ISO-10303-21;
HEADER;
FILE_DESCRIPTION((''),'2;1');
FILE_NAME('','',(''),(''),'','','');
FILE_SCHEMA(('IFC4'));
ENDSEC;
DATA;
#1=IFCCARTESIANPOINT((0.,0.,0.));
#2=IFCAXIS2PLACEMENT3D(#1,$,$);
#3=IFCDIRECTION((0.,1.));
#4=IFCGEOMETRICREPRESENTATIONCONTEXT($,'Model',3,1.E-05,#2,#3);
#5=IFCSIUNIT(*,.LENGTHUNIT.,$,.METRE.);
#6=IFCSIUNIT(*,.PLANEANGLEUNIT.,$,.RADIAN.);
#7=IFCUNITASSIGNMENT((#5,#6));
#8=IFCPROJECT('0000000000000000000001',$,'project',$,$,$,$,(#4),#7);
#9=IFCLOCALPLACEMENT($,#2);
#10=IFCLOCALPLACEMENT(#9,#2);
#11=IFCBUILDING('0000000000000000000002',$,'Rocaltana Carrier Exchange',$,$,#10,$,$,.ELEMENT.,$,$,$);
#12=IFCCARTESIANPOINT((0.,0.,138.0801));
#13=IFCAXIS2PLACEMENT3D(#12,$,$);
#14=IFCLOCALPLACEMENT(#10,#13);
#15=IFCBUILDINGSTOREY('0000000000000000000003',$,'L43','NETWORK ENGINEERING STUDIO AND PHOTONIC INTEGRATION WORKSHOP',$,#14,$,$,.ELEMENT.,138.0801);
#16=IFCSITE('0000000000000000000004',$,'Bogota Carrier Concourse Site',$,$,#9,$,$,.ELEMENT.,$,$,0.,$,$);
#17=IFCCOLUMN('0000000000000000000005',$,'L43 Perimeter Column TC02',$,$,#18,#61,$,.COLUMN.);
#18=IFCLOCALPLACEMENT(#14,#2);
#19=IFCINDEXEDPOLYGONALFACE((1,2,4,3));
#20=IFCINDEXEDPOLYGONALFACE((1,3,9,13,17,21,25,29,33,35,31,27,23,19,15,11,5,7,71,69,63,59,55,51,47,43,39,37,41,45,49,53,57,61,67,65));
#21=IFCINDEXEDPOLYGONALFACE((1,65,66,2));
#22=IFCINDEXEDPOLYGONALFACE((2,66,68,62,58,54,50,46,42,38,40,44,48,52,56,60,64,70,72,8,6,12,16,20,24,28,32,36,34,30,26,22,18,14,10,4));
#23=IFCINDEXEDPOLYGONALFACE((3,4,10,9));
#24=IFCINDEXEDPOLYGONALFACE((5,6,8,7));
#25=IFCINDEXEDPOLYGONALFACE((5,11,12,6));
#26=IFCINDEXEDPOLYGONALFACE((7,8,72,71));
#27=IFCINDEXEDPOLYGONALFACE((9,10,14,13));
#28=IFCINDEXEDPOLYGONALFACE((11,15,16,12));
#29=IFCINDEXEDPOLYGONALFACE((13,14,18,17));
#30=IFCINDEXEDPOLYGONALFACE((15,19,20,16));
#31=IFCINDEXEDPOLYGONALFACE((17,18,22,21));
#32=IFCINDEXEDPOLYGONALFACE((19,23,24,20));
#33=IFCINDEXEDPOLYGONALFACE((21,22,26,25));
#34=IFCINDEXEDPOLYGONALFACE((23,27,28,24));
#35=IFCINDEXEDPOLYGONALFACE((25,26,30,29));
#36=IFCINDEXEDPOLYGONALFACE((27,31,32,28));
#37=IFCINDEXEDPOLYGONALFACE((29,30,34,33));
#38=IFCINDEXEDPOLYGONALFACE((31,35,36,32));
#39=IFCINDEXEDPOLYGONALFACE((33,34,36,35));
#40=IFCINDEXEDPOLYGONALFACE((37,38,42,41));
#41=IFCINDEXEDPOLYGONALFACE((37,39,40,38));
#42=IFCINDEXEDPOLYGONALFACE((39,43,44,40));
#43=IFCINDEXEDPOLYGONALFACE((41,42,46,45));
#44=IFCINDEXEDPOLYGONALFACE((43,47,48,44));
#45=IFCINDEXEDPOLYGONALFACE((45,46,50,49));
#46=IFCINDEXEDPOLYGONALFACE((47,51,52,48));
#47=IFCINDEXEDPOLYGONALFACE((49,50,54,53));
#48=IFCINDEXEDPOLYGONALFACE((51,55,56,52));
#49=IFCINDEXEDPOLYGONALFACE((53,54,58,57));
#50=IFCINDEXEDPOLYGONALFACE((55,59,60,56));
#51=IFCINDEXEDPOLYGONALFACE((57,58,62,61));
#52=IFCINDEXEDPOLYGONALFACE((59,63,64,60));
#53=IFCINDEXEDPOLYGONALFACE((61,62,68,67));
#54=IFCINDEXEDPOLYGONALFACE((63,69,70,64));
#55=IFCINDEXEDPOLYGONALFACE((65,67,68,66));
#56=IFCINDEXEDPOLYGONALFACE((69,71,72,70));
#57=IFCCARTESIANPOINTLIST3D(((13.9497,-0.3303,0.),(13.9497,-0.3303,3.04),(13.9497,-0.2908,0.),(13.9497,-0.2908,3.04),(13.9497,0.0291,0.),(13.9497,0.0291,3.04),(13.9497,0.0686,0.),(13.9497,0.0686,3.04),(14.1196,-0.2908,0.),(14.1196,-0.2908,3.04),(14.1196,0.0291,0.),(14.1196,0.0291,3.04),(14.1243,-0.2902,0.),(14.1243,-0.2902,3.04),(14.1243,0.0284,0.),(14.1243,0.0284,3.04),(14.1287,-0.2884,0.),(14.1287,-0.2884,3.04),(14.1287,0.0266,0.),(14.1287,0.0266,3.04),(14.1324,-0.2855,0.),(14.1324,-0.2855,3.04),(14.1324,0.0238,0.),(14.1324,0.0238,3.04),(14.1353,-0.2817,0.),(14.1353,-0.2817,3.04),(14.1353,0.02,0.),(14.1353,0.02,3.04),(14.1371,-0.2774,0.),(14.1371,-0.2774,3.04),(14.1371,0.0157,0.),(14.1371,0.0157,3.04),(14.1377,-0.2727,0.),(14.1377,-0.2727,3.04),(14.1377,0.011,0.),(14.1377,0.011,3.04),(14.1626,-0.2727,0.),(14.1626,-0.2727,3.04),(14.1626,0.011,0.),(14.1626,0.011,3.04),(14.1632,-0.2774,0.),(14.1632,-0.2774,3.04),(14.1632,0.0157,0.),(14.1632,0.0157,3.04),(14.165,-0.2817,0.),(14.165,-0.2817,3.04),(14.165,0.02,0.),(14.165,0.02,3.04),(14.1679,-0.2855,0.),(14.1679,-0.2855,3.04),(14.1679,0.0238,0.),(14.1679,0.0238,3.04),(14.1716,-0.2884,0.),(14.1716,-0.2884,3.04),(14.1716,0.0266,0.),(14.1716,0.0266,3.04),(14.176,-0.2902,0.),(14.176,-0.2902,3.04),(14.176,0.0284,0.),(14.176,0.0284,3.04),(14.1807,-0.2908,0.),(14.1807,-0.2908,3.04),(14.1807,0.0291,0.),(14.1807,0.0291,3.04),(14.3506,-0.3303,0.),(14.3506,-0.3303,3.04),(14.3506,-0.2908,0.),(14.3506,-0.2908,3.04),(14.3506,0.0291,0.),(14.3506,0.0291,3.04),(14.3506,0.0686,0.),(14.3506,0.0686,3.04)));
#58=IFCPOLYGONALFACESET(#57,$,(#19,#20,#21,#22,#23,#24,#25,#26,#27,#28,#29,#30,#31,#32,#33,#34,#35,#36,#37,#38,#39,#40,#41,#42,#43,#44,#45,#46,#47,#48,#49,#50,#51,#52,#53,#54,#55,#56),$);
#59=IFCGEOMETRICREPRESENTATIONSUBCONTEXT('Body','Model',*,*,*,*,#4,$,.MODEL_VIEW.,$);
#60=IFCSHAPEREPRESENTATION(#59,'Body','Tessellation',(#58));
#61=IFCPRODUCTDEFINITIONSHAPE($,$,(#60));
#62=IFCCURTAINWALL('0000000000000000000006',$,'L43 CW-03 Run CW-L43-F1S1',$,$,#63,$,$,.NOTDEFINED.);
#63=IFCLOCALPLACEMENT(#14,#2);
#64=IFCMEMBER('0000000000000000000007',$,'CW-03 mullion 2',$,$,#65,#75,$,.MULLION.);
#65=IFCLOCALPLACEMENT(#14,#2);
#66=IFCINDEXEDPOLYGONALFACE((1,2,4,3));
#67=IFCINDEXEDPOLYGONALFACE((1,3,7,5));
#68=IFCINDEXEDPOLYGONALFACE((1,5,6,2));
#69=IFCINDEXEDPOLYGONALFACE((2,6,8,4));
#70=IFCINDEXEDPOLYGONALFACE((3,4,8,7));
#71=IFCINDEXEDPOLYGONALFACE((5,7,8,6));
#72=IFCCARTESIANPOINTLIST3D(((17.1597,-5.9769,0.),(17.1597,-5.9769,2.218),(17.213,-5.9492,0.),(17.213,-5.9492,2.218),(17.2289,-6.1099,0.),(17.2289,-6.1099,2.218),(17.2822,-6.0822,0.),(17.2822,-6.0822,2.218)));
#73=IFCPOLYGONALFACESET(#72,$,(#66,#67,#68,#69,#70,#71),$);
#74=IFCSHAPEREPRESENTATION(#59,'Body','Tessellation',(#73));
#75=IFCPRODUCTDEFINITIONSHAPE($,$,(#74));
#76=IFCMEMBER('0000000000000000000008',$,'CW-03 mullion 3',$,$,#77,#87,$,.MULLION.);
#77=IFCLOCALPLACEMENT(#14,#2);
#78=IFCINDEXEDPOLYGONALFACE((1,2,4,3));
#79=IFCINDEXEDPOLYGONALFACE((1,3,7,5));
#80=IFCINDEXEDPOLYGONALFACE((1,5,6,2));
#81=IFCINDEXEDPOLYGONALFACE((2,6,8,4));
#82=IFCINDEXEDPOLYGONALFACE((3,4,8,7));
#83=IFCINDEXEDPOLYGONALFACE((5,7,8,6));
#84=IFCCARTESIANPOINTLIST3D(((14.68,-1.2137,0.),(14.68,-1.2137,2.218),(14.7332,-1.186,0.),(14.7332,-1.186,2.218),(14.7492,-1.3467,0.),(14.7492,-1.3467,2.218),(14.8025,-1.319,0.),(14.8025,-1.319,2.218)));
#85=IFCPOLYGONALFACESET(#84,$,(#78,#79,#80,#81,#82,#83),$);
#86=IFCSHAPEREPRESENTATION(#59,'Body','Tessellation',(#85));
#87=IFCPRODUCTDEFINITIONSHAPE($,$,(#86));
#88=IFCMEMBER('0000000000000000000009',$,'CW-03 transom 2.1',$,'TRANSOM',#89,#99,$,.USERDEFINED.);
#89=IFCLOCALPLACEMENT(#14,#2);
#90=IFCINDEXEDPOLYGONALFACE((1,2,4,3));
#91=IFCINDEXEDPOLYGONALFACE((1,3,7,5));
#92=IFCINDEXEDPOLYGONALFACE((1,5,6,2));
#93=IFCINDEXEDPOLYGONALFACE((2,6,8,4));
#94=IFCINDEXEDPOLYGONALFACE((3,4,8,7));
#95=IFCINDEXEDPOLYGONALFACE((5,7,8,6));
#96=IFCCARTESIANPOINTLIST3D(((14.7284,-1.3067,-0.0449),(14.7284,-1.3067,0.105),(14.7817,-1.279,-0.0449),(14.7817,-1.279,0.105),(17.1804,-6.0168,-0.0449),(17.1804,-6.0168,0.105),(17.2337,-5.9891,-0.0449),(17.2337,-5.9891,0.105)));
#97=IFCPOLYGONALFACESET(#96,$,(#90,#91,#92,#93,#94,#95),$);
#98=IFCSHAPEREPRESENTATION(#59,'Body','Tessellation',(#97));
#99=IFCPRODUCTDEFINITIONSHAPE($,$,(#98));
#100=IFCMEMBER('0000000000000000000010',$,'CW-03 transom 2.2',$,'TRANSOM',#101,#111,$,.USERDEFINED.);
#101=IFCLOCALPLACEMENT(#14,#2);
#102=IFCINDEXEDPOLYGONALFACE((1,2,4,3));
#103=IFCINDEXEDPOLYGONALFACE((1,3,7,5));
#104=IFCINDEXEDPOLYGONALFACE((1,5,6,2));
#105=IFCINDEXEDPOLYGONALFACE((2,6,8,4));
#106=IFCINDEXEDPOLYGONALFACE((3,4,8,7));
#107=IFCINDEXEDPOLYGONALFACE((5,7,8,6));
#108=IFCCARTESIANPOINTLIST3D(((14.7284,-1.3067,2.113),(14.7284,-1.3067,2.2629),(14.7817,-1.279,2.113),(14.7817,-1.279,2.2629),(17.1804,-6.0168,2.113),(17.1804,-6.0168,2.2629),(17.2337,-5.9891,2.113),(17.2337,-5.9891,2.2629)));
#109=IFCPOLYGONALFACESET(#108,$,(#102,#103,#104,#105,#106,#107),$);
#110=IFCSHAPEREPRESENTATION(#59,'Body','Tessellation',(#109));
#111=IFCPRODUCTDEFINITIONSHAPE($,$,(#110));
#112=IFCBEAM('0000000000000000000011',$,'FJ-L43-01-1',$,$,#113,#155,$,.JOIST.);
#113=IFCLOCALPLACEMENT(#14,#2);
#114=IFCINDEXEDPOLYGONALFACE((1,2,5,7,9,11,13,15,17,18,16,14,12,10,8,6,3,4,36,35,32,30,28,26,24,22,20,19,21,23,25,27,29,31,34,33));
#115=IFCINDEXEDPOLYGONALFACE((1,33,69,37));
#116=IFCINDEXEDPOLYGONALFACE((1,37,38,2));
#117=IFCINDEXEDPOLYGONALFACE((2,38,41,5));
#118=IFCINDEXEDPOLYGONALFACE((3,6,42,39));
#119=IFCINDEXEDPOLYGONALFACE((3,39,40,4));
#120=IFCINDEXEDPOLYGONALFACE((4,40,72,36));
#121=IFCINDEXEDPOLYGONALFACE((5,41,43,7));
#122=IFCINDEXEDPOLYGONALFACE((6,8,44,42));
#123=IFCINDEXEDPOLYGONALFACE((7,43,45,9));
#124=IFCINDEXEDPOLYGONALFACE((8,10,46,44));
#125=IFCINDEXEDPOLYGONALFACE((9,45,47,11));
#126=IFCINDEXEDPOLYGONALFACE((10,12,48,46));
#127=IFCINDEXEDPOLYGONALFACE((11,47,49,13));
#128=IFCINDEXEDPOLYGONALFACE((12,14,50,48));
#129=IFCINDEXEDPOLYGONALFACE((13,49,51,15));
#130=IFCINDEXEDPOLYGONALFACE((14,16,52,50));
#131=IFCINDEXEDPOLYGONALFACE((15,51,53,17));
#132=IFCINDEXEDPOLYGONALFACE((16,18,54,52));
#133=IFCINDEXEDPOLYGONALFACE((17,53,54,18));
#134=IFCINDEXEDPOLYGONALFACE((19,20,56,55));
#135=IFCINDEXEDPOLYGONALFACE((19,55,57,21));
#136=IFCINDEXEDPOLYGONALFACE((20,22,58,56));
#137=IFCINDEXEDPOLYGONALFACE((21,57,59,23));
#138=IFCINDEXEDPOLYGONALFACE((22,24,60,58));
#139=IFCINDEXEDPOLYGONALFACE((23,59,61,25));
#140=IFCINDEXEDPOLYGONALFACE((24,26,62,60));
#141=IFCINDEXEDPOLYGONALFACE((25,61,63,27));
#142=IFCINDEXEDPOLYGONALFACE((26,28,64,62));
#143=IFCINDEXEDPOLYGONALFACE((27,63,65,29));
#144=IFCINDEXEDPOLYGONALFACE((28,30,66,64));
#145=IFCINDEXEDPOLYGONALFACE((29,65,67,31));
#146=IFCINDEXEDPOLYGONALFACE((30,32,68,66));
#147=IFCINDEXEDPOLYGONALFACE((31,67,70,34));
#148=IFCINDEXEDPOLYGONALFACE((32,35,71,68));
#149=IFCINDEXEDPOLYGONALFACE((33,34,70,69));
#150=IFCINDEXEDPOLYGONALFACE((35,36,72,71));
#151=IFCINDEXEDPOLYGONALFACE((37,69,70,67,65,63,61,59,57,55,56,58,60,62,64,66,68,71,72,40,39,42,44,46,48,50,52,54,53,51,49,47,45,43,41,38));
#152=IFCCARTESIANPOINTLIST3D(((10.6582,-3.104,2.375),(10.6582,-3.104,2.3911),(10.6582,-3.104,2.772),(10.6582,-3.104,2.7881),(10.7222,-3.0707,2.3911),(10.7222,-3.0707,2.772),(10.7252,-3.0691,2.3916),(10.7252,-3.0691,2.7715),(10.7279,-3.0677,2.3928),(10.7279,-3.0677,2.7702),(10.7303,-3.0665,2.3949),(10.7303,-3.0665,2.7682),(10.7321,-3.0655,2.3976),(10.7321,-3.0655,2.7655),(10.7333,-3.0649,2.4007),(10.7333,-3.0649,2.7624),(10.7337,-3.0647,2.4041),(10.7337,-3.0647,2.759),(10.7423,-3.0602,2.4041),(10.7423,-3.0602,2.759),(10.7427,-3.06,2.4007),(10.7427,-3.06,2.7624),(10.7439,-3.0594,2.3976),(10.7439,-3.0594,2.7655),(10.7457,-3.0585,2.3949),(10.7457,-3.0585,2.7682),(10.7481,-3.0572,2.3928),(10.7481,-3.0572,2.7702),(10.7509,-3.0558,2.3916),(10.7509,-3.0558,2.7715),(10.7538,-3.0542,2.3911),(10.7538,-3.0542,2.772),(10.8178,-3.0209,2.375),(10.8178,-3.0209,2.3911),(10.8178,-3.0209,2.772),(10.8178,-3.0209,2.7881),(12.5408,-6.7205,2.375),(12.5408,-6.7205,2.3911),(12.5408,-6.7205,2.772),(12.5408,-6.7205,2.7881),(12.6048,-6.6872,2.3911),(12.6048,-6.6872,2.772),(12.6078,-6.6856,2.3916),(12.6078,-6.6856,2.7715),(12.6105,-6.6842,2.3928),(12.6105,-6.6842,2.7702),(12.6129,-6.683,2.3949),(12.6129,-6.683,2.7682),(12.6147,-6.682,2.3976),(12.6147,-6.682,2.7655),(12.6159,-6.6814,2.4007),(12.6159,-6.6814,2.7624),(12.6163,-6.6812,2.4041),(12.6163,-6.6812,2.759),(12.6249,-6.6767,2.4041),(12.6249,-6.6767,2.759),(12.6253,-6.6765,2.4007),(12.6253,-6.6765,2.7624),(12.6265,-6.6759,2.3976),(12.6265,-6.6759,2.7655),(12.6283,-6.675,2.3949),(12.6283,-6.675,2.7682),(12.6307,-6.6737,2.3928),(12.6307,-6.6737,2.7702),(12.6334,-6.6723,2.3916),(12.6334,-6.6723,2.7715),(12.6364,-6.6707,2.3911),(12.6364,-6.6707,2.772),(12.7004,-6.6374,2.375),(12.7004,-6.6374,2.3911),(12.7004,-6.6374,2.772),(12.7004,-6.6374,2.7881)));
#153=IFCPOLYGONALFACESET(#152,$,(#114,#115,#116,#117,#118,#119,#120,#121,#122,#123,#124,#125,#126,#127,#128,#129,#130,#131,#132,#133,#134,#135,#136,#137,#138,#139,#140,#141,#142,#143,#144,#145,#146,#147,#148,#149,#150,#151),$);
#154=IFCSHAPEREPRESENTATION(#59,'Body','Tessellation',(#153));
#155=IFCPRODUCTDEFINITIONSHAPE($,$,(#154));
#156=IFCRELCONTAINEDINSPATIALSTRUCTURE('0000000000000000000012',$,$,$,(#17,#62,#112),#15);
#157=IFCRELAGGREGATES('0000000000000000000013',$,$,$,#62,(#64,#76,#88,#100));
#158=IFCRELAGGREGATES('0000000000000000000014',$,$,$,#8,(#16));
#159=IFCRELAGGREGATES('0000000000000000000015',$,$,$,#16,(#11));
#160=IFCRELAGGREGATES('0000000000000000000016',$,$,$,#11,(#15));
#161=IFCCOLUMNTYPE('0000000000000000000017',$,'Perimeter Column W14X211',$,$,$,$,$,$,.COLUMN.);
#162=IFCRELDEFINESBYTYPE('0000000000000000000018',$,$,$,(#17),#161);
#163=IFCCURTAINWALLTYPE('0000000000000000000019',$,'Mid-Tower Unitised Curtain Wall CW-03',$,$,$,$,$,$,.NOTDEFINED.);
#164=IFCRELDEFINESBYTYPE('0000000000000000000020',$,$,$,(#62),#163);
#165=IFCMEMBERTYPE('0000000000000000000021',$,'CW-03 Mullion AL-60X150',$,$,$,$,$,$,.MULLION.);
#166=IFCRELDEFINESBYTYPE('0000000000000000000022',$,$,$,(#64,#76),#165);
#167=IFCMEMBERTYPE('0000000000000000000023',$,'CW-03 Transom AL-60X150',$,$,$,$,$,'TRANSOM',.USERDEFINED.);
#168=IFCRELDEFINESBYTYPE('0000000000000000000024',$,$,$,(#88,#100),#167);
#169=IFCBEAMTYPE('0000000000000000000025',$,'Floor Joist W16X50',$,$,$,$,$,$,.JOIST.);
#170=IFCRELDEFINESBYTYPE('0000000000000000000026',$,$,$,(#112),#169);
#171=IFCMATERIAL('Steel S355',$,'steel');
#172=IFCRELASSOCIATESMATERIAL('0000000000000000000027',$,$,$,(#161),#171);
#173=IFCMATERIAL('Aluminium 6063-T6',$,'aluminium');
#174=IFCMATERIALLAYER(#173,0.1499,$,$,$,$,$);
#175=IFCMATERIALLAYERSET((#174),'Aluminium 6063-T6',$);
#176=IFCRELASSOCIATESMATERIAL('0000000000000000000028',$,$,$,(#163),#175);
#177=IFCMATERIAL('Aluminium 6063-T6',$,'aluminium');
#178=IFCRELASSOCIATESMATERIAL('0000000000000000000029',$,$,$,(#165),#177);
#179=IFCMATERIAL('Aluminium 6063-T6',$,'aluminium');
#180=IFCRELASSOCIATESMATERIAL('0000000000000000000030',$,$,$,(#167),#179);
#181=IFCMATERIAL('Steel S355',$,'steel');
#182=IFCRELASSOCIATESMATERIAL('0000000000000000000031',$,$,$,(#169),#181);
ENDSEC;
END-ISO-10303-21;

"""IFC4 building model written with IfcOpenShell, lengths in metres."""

from ifc_helpers import new_model, si_unit, direction, frame, origin, origin_2d, place, context, subcontext, project, spatial, rectangle, i_section, extrude, material, layer, layer_set, material_profile, profile_set, type_object, element, aggregate, save


model = new_model("IFC4")

# Units and contexts
model_context = context("Model", 3, precision=1e-05, world=origin(), true_north=direction((0.0, 1.0)))
body_context = subcontext(model_context, "Body", "Model", "MODEL_VIEW")
ifc_project = project(units=[si_unit("LENGTHUNIT", "METRE"), si_unit("PLANEANGLEUNIT", "RADIAN")], contexts=[model_context])

# Site, building, storey
site_placement = place(None, origin())
site = spatial("IfcSite", under=ifc_project, at=site_placement, Name="Bogota Carrier Concourse Site", CompositionType="ELEMENT", RefElevation=0.0)
building_placement = place(site_placement, origin())
building = spatial("IfcBuilding", under=site, at=building_placement, Name="Rocaltana Carrier Exchange", CompositionType="ELEMENT")
storey_placement = place(building_placement, frame((0.0, 0.0, 138.0801)))
storey = spatial("IfcBuildingStorey", under=building, at=storey_placement, Name="L43", Description="NETWORK ENGINEERING STUDIO AND PHOTONIC INTEGRATION WORKSHOP", CompositionType="ELEMENT", Elevation=138.0801)

# Column
ifc_material_1 = material(Name="Steel S355", Category="steel")
ifc_material_profile_1 = material_profile(ifc_material_1, i_section(OverallWidth=0.4009, OverallDepth=0.3989, WebThickness=0.0249, FlangeThickness=0.0396, FilletRadius=0.0181, at=origin_2d()), Name="W14X211")
ifc_profile_set_1 = profile_set([ifc_material_profile_1], Name="Steel S355")
column_type = type_object("IfcColumnType", Name="Perimeter Column W14X211", PredefinedType="COLUMN", material=ifc_profile_set_1)
column_placement = place(storey_placement, frame((14.1501, -0.1309, 0.0), z_axis=(0.0, 0.0, 1.0), x_axis=(1.0, 0.0, 0.0)))
element("IfcColumn", 1, at=column_placement, inside=storey, type_object=column_type, Name="L43 Perimeter Column TC02", PredefinedType="COLUMN", context=body_context, shape_type="SweptSolid", body=[
    extrude(i_section(OverallWidth=0.4009, OverallDepth=0.3989, WebThickness=0.0249, FlangeThickness=0.0396, FilletRadius=0.0181, at=origin_2d()), origin(), (0.0, 0.0, 1.0), 3.04),
])

# Curtain wall, members
ifc_material_2 = material(Name="Aluminium 6063-T6", Category="aluminium")
ifc_layer_1 = layer(ifc_material_2, 0.1499)
ifc_layer_set_1 = layer_set([ifc_layer_1], Name="Aluminium 6063-T6")
curtain_wall_type = type_object("IfcCurtainWallType", Name="Mid-Tower Unitised Curtain Wall CW-03", PredefinedType="NOTDEFINED", material=ifc_layer_set_1)
curtain_wall_placement = place(storey_placement, origin())
curtain_wall = element("IfcCurtainWall", 2, at=curtain_wall_placement, inside=storey, type_object=curtain_wall_type, Name="L43 CW-03 Run CW-L43-F1S1", PredefinedType="NOTDEFINED")
ifc_material_3 = material(Name="Aluminium 6063-T6", Category="aluminium")
ifc_material_profile_2 = material_profile(ifc_material_3, rectangle(XDim=0.0601, YDim=0.1499, at=origin_2d()), Name="AL-60X150")
ifc_profile_set_2 = profile_set([ifc_material_profile_2], Name="Aluminium 6063-T6")
member_type_1 = type_object("IfcMemberType", Name="CW-03 Mullion AL-60X150", PredefinedType="MULLION", material=ifc_profile_set_2)
member_1_placement = place(storey_placement, frame((17.2209, -6.0295, 0.0), z_axis=(0.0, 0.0, 1.0), x_axis=(-0.88701, -0.46175, 0.0)))
member_1 = element("IfcMember", 3, at=member_1_placement, type_object=member_type_1, Name="CW-03 mullion 2", PredefinedType="MULLION", context=body_context, shape_type="SweptSolid", body=[
    extrude(rectangle(XDim=0.0601, YDim=0.1499, at=origin_2d()), origin(), (0.0, 0.0, 1.0), 2.218),
])
member_2_placement = place(storey_placement, frame((14.7412, -1.2664, 0.0), z_axis=(0.0, 0.0, 1.0), x_axis=(-0.88701, -0.46175, 0.0)))
member_2 = element("IfcMember", 4, at=member_2_placement, type_object=member_type_1, Name="CW-03 mullion 3", PredefinedType="MULLION", context=body_context, shape_type="SweptSolid", body=[
    extrude(rectangle(XDim=0.0601, YDim=0.1499, at=origin_2d()), origin(), (0.0, 0.0, 1.0), 2.218),
])
ifc_material_4 = material(Name="Aluminium 6063-T6", Category="aluminium")
ifc_material_profile_3 = material_profile(ifc_material_4, rectangle(XDim=0.0601, YDim=0.1499, at=origin_2d()), Name="AL-60X150")
ifc_profile_set_3 = profile_set([ifc_material_profile_3], Name="Aluminium 6063-T6")
member_type_2 = type_object("IfcMemberType", Name="CW-03 Transom AL-60X150", ElementType="TRANSOM", PredefinedType="USERDEFINED", material=ifc_profile_set_3)
member_3_placement = place(storey_placement, frame((17.207, -6.0029, 0.03), z_axis=(-0.461757, 0.887007, 0.0), x_axis=(-0.887007, -0.461757, 0.0)))
member_3 = element("IfcMember", 5, at=member_3_placement, type_object=member_type_2, Name="CW-03 transom 2.1", ObjectType="TRANSOM", PredefinedType="USERDEFINED", context=body_context, shape_type="SweptSolid", body=[
    extrude(rectangle(XDim=0.0601, YDim=0.1499, at=origin_2d()), origin(), (0.0, 0.0, 1.0), 5.3101),
])
member_4_placement = place(storey_placement, frame((17.207, -6.0029, 2.188), z_axis=(-0.461757, 0.887007, 0.0), x_axis=(-0.887007, -0.461757, 0.0)))
member_4 = element("IfcMember", 6, at=member_4_placement, type_object=member_type_2, Name="CW-03 transom 2.2", ObjectType="TRANSOM", PredefinedType="USERDEFINED", context=body_context, shape_type="SweptSolid", body=[
    extrude(rectangle(XDim=0.0601, YDim=0.1499, at=origin_2d()), origin(), (0.0, 0.0, 1.0), 5.3101),
])

# Beam
ifc_material_5 = material(Name="Steel S355", Category="steel")
ifc_material_profile_4 = material_profile(ifc_material_5, i_section(OverallWidth=0.1799, OverallDepth=0.4131, WebThickness=0.0098, FlangeThickness=0.0161, FilletRadius=0.0129, at=origin_2d()), Name="W16X50")
ifc_profile_set_4 = profile_set([ifc_material_profile_4], Name="Steel S355")
beam_type = type_object("IfcBeamType", Name="Floor Joist W16X50", PredefinedType="JOIST", material=ifc_profile_set_4)
beam_1_placement = place(storey_placement, frame((12.6206, -6.679, 2.5815), z_axis=(-0.461741, 0.887015, 0.0), x_axis=(-0.887015, -0.461741, 0.0)))
element("IfcBeam", 7, at=beam_1_placement, inside=storey, type_object=beam_type, Name="FJ-L43-01-1", PredefinedType="JOIST", context=body_context, shape_type="SweptSolid", body=[
    extrude(i_section(OverallWidth=0.1799, OverallDepth=0.4131, WebThickness=0.0098, FlangeThickness=0.0161, FilletRadius=0.0129, at=origin_2d()), origin(), (0.0, 0.0, 1.0), 4.0771),
])

aggregate(curtain_wall, [member_1, member_2, member_3, member_4])

save(model, "model.ifc")
